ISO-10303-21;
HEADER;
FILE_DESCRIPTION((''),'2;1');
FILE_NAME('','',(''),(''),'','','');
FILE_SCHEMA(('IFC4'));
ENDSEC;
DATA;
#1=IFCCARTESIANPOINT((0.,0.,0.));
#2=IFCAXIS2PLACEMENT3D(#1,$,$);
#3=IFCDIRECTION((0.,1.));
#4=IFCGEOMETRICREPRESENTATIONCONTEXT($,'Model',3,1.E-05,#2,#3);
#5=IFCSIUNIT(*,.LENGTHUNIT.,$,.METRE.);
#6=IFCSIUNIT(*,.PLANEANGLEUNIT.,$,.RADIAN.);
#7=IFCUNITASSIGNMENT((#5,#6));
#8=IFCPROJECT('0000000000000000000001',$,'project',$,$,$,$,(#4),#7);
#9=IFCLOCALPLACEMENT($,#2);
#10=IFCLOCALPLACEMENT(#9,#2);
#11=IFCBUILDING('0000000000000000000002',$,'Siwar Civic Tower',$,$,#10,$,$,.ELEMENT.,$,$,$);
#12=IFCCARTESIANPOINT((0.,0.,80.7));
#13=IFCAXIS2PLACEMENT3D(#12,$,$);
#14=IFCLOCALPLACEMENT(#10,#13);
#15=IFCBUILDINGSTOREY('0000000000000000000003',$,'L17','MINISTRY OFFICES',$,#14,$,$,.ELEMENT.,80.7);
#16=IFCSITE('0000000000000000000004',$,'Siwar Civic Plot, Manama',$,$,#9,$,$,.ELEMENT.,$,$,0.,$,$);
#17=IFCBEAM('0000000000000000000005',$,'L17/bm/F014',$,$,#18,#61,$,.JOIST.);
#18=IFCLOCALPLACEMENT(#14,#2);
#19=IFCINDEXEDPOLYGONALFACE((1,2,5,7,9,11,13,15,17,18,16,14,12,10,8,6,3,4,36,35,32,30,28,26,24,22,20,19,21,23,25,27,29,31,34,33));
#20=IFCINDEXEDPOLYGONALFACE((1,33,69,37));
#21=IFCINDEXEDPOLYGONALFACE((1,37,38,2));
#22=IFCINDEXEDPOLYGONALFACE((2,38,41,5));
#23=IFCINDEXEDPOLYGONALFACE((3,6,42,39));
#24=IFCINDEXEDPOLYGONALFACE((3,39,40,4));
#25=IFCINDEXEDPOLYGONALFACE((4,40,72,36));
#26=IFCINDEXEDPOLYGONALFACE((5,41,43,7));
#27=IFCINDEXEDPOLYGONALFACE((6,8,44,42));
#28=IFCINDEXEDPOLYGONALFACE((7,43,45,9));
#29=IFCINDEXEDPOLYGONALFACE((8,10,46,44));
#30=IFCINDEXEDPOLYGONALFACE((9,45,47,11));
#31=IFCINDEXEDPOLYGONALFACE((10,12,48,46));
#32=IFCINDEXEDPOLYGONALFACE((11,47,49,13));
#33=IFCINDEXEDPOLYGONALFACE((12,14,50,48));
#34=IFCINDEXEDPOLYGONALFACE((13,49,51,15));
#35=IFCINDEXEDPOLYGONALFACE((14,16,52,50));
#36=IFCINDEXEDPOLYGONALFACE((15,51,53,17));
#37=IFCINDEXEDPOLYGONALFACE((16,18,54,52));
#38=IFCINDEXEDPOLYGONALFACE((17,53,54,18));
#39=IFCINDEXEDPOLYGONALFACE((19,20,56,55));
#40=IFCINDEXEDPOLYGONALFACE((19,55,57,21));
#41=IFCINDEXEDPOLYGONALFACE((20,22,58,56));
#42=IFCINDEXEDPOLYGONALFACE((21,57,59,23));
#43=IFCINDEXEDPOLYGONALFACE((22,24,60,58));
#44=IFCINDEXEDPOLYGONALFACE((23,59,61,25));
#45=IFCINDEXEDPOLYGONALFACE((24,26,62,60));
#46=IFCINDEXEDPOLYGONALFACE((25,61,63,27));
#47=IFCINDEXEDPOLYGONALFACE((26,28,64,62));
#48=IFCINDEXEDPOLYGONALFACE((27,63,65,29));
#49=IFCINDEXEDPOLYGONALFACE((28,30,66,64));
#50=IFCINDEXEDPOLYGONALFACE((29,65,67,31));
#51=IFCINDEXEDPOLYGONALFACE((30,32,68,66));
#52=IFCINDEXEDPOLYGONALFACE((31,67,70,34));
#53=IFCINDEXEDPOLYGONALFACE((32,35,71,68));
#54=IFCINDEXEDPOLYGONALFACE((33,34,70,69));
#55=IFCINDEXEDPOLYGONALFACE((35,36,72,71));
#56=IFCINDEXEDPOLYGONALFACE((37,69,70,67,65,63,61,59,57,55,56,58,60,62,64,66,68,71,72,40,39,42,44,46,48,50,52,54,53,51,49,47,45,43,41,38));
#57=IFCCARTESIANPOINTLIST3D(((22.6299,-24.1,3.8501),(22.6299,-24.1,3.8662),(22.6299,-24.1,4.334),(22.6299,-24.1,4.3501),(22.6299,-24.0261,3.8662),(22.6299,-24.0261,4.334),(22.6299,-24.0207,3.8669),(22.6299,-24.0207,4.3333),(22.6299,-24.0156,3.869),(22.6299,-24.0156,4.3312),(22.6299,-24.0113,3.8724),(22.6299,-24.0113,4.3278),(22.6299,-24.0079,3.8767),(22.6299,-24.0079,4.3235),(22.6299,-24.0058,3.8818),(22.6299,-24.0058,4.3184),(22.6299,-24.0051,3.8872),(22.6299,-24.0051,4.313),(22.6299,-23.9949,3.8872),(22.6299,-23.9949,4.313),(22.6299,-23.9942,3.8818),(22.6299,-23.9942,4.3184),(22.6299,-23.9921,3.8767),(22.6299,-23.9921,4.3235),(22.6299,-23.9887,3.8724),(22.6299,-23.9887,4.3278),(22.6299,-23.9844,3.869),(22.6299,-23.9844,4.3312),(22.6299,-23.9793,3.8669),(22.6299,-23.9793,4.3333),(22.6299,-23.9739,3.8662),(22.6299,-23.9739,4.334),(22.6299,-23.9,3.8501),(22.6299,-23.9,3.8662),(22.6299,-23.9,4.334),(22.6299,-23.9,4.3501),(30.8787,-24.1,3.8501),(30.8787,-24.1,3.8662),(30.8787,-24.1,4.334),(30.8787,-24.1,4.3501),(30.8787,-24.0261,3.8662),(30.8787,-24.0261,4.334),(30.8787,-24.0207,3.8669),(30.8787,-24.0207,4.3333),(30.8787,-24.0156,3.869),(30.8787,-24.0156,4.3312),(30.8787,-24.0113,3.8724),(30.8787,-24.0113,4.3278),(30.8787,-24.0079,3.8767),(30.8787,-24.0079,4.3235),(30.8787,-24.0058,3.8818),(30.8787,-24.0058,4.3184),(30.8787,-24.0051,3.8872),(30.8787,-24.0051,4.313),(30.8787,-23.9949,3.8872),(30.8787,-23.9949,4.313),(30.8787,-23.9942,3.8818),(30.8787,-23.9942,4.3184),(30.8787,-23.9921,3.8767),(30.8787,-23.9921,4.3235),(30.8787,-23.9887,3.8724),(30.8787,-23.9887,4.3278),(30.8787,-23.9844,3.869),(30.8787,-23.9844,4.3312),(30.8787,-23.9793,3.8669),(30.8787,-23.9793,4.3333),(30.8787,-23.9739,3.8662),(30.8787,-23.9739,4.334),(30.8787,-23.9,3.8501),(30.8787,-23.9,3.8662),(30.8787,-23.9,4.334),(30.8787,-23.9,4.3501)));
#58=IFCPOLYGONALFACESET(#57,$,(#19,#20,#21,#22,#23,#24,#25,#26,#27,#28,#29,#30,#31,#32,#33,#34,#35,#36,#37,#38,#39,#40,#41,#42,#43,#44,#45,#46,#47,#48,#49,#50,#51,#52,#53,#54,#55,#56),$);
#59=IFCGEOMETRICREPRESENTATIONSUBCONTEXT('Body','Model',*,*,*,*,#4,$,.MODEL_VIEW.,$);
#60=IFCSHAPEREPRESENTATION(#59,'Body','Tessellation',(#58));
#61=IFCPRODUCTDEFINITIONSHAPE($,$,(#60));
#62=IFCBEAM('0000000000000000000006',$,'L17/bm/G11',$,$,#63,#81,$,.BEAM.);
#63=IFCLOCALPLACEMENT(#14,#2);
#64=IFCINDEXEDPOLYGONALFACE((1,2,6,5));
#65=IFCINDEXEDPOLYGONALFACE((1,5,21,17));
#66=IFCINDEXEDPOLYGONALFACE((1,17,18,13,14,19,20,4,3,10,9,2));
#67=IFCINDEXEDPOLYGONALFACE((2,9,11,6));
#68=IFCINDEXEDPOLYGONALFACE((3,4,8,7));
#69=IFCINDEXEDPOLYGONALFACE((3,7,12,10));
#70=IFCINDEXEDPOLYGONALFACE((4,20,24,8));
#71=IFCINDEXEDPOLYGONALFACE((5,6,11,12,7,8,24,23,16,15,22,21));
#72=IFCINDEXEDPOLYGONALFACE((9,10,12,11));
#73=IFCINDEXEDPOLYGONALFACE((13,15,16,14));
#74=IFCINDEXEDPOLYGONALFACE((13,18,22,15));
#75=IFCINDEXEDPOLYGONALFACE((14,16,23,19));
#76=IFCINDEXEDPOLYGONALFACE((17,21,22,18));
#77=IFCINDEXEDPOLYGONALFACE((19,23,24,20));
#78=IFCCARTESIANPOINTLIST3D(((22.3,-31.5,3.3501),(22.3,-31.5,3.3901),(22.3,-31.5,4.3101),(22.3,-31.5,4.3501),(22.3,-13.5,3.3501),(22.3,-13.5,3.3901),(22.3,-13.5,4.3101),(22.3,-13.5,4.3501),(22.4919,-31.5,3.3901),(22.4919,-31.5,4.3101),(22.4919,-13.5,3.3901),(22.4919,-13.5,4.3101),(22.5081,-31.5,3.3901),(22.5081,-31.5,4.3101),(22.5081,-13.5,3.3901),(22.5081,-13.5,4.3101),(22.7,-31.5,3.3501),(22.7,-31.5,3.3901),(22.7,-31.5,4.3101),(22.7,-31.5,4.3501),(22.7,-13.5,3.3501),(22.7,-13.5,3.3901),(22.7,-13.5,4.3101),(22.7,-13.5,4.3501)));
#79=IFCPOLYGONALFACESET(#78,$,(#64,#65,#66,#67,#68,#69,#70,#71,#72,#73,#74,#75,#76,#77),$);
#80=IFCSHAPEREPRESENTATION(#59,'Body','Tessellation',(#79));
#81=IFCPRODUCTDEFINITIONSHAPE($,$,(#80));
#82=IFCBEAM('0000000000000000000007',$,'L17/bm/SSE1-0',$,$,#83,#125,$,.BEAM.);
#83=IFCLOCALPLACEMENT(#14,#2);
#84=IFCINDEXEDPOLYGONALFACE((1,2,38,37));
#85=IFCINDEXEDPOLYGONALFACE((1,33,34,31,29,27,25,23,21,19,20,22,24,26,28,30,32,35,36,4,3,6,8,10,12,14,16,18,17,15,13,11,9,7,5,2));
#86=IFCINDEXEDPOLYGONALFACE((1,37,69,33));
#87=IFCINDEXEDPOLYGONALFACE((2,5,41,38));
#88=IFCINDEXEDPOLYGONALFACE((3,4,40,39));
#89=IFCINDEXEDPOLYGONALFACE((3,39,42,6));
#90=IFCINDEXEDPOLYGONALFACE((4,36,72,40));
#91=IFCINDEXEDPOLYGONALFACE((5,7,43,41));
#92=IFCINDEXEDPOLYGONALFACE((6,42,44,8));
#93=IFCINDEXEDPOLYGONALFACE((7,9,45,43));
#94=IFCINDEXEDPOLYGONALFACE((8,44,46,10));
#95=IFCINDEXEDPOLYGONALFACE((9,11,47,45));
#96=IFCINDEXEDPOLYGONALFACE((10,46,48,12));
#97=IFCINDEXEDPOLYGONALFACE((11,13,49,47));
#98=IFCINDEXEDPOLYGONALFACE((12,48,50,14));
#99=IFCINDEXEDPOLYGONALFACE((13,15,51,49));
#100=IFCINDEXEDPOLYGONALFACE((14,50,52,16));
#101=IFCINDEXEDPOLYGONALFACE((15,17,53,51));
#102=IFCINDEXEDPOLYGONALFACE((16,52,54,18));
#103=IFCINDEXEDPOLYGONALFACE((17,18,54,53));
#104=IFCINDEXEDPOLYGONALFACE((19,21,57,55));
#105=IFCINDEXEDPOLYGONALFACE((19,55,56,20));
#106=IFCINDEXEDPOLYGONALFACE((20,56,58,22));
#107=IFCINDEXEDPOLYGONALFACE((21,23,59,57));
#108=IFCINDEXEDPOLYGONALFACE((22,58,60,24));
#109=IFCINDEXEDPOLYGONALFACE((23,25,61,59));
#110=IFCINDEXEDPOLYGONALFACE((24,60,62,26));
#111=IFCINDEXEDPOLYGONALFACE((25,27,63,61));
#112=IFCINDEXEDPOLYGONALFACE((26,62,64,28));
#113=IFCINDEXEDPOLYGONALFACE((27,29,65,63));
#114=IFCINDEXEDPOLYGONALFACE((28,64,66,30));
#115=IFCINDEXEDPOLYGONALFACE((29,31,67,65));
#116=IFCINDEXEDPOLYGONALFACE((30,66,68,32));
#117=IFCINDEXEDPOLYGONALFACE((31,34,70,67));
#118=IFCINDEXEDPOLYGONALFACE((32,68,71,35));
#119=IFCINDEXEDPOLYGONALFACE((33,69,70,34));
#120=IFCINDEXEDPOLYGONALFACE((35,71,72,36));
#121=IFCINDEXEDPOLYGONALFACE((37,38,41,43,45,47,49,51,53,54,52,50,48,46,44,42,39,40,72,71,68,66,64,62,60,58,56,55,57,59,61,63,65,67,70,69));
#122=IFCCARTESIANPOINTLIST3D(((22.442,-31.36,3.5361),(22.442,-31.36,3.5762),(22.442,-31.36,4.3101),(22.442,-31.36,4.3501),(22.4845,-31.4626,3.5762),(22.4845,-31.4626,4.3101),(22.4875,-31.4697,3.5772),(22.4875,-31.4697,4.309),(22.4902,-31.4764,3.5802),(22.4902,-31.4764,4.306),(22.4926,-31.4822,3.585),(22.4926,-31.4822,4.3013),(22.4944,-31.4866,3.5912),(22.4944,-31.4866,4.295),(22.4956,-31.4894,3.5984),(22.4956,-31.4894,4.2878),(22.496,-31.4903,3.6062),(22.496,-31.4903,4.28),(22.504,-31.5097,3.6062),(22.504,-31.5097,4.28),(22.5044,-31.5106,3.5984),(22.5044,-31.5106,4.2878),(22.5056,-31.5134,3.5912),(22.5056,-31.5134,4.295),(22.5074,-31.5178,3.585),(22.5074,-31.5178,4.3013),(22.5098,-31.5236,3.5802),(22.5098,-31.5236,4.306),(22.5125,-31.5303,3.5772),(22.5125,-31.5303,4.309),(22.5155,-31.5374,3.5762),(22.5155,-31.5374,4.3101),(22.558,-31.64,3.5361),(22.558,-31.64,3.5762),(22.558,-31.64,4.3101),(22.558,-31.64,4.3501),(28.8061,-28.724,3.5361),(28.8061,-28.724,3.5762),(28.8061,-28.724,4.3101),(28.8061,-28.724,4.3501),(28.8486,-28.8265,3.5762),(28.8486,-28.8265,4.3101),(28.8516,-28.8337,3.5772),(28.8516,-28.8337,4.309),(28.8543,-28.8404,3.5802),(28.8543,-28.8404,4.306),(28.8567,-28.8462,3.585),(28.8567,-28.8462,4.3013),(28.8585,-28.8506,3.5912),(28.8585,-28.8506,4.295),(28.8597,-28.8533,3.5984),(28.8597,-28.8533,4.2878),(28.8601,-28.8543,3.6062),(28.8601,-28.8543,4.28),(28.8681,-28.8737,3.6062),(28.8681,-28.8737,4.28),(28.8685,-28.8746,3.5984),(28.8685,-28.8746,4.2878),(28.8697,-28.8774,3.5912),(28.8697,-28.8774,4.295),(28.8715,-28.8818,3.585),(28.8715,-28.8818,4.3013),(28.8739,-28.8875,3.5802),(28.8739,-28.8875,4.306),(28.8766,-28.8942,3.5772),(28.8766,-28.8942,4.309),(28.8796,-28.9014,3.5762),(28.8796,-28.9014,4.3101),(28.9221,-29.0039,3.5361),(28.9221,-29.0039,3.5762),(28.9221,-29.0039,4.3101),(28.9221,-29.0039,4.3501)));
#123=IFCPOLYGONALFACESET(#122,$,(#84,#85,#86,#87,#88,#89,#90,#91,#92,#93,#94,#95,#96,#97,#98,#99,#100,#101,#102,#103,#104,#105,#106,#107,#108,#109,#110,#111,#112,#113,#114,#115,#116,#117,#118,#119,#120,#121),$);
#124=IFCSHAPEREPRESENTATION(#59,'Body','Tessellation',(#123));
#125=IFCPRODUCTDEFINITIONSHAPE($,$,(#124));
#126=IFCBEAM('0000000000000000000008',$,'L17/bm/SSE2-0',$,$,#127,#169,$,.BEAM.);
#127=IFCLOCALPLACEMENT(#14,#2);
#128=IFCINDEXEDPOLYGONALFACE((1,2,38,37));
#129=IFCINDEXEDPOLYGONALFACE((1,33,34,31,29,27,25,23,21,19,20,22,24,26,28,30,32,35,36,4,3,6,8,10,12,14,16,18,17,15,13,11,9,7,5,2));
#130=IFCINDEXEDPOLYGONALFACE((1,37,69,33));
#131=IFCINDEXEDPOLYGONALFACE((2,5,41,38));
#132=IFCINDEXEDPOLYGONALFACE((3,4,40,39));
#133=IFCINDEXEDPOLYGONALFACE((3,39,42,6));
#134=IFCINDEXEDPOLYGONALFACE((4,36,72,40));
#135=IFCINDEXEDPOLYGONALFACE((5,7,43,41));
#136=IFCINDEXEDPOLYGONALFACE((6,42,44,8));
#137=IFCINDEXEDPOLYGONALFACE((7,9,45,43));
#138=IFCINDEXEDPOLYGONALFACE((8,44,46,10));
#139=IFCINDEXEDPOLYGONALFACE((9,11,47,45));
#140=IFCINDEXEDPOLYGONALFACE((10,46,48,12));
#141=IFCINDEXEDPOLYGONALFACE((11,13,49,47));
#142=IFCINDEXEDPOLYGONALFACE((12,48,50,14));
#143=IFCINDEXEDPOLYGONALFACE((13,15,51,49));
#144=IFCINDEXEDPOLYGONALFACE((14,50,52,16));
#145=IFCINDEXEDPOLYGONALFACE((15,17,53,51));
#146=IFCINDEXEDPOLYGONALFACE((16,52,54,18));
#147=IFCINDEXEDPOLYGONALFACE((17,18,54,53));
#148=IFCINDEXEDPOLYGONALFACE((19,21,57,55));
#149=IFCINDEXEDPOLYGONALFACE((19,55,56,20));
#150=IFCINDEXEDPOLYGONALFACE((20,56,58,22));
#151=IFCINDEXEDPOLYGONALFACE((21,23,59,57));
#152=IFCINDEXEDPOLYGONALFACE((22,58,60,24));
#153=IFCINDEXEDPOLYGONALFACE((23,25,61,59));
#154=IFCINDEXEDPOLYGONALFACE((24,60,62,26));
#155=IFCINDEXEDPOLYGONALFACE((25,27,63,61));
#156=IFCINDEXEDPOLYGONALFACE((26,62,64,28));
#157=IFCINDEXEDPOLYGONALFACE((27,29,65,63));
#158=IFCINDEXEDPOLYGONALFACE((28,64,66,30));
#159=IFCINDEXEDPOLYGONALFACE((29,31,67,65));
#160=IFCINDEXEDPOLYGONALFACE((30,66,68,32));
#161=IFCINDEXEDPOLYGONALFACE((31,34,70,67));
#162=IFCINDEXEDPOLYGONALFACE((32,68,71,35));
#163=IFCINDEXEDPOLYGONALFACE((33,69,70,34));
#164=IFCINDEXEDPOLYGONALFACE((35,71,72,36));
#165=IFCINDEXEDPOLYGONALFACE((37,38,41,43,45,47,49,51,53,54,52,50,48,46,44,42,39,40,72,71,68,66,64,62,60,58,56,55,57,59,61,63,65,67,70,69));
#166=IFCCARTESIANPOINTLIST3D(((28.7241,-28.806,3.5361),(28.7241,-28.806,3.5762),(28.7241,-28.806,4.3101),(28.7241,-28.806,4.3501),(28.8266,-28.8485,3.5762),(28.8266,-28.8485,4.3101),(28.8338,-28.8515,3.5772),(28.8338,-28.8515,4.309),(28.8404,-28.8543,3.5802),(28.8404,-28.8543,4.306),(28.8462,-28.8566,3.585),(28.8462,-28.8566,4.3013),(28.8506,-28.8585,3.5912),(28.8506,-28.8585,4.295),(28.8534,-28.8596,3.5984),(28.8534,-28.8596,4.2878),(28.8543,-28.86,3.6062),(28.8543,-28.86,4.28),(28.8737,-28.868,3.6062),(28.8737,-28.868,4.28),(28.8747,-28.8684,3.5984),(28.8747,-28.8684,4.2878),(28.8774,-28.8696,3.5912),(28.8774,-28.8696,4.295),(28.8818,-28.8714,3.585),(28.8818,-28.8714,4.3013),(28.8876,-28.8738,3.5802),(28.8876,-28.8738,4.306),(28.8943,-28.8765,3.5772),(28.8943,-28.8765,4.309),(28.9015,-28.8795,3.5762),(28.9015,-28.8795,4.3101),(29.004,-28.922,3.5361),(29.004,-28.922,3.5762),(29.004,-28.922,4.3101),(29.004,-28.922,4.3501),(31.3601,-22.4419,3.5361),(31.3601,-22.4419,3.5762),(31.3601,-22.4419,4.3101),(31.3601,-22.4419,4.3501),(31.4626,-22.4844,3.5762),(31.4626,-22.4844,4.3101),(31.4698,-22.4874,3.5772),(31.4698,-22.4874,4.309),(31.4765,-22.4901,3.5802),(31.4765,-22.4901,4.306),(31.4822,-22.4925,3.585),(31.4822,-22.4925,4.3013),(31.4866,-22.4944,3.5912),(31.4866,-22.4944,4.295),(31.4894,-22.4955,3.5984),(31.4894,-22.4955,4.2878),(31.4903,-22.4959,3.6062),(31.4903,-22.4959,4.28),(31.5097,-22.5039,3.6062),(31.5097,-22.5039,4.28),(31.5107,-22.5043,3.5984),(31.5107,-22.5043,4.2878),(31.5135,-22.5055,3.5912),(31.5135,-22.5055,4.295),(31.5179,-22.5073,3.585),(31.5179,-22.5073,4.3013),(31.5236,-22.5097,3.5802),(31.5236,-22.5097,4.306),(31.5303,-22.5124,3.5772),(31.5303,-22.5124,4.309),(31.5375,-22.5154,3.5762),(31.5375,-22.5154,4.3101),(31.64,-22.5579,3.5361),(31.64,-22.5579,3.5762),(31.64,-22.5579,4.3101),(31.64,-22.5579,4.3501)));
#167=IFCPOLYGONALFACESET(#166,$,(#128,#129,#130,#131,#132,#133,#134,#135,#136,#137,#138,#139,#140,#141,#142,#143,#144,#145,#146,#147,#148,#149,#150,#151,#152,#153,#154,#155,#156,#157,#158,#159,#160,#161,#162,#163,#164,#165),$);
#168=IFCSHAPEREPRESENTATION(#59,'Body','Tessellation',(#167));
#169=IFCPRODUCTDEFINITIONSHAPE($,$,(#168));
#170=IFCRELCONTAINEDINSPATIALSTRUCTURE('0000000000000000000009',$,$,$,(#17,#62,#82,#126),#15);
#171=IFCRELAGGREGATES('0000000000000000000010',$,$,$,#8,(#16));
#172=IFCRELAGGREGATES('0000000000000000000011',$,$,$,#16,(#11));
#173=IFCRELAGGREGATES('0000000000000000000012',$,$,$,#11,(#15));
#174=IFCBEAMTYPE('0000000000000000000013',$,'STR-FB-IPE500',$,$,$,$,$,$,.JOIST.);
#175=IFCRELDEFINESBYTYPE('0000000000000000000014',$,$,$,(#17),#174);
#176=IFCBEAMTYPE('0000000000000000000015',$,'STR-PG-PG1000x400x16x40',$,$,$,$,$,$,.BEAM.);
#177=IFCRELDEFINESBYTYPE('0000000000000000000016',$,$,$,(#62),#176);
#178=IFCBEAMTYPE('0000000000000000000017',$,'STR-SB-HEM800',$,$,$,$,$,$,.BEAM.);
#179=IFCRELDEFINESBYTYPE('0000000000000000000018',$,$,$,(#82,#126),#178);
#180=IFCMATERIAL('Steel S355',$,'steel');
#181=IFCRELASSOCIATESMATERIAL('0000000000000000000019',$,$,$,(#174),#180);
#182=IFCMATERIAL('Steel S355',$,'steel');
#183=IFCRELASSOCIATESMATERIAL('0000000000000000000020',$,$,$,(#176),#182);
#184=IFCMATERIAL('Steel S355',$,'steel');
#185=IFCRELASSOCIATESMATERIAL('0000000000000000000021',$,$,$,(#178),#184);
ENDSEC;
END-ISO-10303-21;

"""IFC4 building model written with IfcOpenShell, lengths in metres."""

from ifc_helpers import new_model, si_unit, direction, frame, origin, origin_2d, place, context, subcontext, project, spatial, i_section, extrude, material, material_profile, profile_set, type_object, element, save


model = new_model("IFC4")

# Units and contexts
model_context = context("Model", 3, precision=1e-05, world=origin(), true_north=direction((0.0, 1.0)))
body_context = subcontext(model_context, "Body", "Model", "MODEL_VIEW")
ifc_project = project(units=[si_unit("LENGTHUNIT", "METRE"), si_unit("PLANEANGLEUNIT", "RADIAN")], contexts=[model_context])

# Site, building, storey
site_placement = place(None, origin())
site = spatial("IfcSite", under=ifc_project, at=site_placement, Name="Siwar Civic Plot, Manama", CompositionType="ELEMENT", RefElevation=0.0)
building_placement = place(site_placement, origin())
building = spatial("IfcBuilding", under=site, at=building_placement, Name="Siwar Civic Tower", CompositionType="ELEMENT")
storey_placement = place(building_placement, frame((0.0, 0.0, 80.7)))
storey = spatial("IfcBuildingStorey", under=building, at=storey_placement, Name="L17", Description="MINISTRY OFFICES", CompositionType="ELEMENT", Elevation=80.7)

# Beams
ifc_material_1 = material(Name="Steel S355", Category="steel")
ifc_material_profile_1 = material_profile(ifc_material_1, i_section(OverallWidth=0.2, OverallDepth=0.5, WebThickness=0.0103, FlangeThickness=0.0161, FilletRadius=0.021, at=origin_2d()), Name="IPE500")
ifc_profile_set_1 = profile_set([ifc_material_profile_1], Name="Steel S355")
beam_type_1 = type_object("IfcBeamType", Name="STR-FB-IPE500", PredefinedType="JOIST", material=ifc_profile_set_1)
beam_1_placement = place(storey_placement, frame((22.6299, -24.0, 4.1001), z_axis=(1.0, 0.0, 0.0), x_axis=(0.0, 1.0, 0.0)))
element("IfcBeam", 1, at=beam_1_placement, inside=storey, type_object=beam_type_1, Name="L17/bm/F014", PredefinedType="JOIST", context=body_context, shape_type="SweptSolid", body=[
    extrude(i_section(OverallWidth=0.2, OverallDepth=0.5, WebThickness=0.0103, FlangeThickness=0.0161, FilletRadius=0.021, at=origin_2d()), origin(), (0.0, 0.0, 1.0), 8.2488),
])
ifc_material_2 = material(Name="Steel S355", Category="steel")
ifc_material_profile_2 = material_profile(ifc_material_2, i_section(OverallWidth=0.3999, OverallDepth=1.0, WebThickness=0.0161, FlangeThickness=0.04, at=origin_2d()), Name="PG1000x400x16x40")
ifc_profile_set_2 = profile_set([ifc_material_profile_2], Name="Steel S355")
beam_type_2 = type_object("IfcBeamType", Name="STR-PG-PG1000x400x16x40", PredefinedType="BEAM", material=ifc_profile_set_2)
beam_2_placement = place(storey_placement, frame((22.5, -31.5, 3.8501), z_axis=(0.0, 1.0, 0.0), x_axis=(-1.0, 0.0, 0.0)))
element("IfcBeam", 2, at=beam_2_placement, inside=storey, type_object=beam_type_2, Name="L17/bm/G11", PredefinedType="BEAM", context=body_context, shape_type="SweptSolid", body=[
    extrude(i_section(OverallWidth=0.3999, OverallDepth=1.0, WebThickness=0.0161, FlangeThickness=0.04, at=origin_2d()), origin(), (0.0, 0.0, 1.0), 18.0),
])
ifc_material_3 = material(Name="Steel S355", Category="steel")
ifc_material_profile_3 = material_profile(ifc_material_3, i_section(OverallWidth=0.303, OverallDepth=0.814, WebThickness=0.021, FlangeThickness=0.04, FilletRadius=0.03, at=origin_2d()), Name="HEM800")
ifc_profile_set_3 = profile_set([ifc_material_profile_3], Name="Steel S355")
beam_type_3 = type_object("IfcBeamType", Name="STR-SB-HEM800", PredefinedType="BEAM", material=ifc_profile_set_3)
for number, where, z_axis, x_axis, name in (
    (3, (22.5, -31.5, 3.9431), (0.923883, 0.382674, 0.0), (-0.382674, 0.923883, 0.0), "L17/bm/SSE1-0"),
    (4, (28.864, -28.864, 3.9431), (0.382674, 0.923883, 0.0), (-0.923883, 0.382674, 0.0), "L17/bm/SSE2-0"),
):
    element("IfcBeam", number, at=place(storey_placement, frame(where, z_axis=z_axis, x_axis=x_axis)), inside=storey, type_object=beam_type_3, Name=name, PredefinedType="BEAM", context=body_context, shape_type="SweptSolid", body=[
        extrude(i_section(OverallWidth=0.303, OverallDepth=0.814, WebThickness=0.021, FlangeThickness=0.04, FilletRadius=0.03, at=origin_2d()), origin(), (0.0, 0.0, 1.0), 6.8884),
    ])

save(model, "model.ifc")
